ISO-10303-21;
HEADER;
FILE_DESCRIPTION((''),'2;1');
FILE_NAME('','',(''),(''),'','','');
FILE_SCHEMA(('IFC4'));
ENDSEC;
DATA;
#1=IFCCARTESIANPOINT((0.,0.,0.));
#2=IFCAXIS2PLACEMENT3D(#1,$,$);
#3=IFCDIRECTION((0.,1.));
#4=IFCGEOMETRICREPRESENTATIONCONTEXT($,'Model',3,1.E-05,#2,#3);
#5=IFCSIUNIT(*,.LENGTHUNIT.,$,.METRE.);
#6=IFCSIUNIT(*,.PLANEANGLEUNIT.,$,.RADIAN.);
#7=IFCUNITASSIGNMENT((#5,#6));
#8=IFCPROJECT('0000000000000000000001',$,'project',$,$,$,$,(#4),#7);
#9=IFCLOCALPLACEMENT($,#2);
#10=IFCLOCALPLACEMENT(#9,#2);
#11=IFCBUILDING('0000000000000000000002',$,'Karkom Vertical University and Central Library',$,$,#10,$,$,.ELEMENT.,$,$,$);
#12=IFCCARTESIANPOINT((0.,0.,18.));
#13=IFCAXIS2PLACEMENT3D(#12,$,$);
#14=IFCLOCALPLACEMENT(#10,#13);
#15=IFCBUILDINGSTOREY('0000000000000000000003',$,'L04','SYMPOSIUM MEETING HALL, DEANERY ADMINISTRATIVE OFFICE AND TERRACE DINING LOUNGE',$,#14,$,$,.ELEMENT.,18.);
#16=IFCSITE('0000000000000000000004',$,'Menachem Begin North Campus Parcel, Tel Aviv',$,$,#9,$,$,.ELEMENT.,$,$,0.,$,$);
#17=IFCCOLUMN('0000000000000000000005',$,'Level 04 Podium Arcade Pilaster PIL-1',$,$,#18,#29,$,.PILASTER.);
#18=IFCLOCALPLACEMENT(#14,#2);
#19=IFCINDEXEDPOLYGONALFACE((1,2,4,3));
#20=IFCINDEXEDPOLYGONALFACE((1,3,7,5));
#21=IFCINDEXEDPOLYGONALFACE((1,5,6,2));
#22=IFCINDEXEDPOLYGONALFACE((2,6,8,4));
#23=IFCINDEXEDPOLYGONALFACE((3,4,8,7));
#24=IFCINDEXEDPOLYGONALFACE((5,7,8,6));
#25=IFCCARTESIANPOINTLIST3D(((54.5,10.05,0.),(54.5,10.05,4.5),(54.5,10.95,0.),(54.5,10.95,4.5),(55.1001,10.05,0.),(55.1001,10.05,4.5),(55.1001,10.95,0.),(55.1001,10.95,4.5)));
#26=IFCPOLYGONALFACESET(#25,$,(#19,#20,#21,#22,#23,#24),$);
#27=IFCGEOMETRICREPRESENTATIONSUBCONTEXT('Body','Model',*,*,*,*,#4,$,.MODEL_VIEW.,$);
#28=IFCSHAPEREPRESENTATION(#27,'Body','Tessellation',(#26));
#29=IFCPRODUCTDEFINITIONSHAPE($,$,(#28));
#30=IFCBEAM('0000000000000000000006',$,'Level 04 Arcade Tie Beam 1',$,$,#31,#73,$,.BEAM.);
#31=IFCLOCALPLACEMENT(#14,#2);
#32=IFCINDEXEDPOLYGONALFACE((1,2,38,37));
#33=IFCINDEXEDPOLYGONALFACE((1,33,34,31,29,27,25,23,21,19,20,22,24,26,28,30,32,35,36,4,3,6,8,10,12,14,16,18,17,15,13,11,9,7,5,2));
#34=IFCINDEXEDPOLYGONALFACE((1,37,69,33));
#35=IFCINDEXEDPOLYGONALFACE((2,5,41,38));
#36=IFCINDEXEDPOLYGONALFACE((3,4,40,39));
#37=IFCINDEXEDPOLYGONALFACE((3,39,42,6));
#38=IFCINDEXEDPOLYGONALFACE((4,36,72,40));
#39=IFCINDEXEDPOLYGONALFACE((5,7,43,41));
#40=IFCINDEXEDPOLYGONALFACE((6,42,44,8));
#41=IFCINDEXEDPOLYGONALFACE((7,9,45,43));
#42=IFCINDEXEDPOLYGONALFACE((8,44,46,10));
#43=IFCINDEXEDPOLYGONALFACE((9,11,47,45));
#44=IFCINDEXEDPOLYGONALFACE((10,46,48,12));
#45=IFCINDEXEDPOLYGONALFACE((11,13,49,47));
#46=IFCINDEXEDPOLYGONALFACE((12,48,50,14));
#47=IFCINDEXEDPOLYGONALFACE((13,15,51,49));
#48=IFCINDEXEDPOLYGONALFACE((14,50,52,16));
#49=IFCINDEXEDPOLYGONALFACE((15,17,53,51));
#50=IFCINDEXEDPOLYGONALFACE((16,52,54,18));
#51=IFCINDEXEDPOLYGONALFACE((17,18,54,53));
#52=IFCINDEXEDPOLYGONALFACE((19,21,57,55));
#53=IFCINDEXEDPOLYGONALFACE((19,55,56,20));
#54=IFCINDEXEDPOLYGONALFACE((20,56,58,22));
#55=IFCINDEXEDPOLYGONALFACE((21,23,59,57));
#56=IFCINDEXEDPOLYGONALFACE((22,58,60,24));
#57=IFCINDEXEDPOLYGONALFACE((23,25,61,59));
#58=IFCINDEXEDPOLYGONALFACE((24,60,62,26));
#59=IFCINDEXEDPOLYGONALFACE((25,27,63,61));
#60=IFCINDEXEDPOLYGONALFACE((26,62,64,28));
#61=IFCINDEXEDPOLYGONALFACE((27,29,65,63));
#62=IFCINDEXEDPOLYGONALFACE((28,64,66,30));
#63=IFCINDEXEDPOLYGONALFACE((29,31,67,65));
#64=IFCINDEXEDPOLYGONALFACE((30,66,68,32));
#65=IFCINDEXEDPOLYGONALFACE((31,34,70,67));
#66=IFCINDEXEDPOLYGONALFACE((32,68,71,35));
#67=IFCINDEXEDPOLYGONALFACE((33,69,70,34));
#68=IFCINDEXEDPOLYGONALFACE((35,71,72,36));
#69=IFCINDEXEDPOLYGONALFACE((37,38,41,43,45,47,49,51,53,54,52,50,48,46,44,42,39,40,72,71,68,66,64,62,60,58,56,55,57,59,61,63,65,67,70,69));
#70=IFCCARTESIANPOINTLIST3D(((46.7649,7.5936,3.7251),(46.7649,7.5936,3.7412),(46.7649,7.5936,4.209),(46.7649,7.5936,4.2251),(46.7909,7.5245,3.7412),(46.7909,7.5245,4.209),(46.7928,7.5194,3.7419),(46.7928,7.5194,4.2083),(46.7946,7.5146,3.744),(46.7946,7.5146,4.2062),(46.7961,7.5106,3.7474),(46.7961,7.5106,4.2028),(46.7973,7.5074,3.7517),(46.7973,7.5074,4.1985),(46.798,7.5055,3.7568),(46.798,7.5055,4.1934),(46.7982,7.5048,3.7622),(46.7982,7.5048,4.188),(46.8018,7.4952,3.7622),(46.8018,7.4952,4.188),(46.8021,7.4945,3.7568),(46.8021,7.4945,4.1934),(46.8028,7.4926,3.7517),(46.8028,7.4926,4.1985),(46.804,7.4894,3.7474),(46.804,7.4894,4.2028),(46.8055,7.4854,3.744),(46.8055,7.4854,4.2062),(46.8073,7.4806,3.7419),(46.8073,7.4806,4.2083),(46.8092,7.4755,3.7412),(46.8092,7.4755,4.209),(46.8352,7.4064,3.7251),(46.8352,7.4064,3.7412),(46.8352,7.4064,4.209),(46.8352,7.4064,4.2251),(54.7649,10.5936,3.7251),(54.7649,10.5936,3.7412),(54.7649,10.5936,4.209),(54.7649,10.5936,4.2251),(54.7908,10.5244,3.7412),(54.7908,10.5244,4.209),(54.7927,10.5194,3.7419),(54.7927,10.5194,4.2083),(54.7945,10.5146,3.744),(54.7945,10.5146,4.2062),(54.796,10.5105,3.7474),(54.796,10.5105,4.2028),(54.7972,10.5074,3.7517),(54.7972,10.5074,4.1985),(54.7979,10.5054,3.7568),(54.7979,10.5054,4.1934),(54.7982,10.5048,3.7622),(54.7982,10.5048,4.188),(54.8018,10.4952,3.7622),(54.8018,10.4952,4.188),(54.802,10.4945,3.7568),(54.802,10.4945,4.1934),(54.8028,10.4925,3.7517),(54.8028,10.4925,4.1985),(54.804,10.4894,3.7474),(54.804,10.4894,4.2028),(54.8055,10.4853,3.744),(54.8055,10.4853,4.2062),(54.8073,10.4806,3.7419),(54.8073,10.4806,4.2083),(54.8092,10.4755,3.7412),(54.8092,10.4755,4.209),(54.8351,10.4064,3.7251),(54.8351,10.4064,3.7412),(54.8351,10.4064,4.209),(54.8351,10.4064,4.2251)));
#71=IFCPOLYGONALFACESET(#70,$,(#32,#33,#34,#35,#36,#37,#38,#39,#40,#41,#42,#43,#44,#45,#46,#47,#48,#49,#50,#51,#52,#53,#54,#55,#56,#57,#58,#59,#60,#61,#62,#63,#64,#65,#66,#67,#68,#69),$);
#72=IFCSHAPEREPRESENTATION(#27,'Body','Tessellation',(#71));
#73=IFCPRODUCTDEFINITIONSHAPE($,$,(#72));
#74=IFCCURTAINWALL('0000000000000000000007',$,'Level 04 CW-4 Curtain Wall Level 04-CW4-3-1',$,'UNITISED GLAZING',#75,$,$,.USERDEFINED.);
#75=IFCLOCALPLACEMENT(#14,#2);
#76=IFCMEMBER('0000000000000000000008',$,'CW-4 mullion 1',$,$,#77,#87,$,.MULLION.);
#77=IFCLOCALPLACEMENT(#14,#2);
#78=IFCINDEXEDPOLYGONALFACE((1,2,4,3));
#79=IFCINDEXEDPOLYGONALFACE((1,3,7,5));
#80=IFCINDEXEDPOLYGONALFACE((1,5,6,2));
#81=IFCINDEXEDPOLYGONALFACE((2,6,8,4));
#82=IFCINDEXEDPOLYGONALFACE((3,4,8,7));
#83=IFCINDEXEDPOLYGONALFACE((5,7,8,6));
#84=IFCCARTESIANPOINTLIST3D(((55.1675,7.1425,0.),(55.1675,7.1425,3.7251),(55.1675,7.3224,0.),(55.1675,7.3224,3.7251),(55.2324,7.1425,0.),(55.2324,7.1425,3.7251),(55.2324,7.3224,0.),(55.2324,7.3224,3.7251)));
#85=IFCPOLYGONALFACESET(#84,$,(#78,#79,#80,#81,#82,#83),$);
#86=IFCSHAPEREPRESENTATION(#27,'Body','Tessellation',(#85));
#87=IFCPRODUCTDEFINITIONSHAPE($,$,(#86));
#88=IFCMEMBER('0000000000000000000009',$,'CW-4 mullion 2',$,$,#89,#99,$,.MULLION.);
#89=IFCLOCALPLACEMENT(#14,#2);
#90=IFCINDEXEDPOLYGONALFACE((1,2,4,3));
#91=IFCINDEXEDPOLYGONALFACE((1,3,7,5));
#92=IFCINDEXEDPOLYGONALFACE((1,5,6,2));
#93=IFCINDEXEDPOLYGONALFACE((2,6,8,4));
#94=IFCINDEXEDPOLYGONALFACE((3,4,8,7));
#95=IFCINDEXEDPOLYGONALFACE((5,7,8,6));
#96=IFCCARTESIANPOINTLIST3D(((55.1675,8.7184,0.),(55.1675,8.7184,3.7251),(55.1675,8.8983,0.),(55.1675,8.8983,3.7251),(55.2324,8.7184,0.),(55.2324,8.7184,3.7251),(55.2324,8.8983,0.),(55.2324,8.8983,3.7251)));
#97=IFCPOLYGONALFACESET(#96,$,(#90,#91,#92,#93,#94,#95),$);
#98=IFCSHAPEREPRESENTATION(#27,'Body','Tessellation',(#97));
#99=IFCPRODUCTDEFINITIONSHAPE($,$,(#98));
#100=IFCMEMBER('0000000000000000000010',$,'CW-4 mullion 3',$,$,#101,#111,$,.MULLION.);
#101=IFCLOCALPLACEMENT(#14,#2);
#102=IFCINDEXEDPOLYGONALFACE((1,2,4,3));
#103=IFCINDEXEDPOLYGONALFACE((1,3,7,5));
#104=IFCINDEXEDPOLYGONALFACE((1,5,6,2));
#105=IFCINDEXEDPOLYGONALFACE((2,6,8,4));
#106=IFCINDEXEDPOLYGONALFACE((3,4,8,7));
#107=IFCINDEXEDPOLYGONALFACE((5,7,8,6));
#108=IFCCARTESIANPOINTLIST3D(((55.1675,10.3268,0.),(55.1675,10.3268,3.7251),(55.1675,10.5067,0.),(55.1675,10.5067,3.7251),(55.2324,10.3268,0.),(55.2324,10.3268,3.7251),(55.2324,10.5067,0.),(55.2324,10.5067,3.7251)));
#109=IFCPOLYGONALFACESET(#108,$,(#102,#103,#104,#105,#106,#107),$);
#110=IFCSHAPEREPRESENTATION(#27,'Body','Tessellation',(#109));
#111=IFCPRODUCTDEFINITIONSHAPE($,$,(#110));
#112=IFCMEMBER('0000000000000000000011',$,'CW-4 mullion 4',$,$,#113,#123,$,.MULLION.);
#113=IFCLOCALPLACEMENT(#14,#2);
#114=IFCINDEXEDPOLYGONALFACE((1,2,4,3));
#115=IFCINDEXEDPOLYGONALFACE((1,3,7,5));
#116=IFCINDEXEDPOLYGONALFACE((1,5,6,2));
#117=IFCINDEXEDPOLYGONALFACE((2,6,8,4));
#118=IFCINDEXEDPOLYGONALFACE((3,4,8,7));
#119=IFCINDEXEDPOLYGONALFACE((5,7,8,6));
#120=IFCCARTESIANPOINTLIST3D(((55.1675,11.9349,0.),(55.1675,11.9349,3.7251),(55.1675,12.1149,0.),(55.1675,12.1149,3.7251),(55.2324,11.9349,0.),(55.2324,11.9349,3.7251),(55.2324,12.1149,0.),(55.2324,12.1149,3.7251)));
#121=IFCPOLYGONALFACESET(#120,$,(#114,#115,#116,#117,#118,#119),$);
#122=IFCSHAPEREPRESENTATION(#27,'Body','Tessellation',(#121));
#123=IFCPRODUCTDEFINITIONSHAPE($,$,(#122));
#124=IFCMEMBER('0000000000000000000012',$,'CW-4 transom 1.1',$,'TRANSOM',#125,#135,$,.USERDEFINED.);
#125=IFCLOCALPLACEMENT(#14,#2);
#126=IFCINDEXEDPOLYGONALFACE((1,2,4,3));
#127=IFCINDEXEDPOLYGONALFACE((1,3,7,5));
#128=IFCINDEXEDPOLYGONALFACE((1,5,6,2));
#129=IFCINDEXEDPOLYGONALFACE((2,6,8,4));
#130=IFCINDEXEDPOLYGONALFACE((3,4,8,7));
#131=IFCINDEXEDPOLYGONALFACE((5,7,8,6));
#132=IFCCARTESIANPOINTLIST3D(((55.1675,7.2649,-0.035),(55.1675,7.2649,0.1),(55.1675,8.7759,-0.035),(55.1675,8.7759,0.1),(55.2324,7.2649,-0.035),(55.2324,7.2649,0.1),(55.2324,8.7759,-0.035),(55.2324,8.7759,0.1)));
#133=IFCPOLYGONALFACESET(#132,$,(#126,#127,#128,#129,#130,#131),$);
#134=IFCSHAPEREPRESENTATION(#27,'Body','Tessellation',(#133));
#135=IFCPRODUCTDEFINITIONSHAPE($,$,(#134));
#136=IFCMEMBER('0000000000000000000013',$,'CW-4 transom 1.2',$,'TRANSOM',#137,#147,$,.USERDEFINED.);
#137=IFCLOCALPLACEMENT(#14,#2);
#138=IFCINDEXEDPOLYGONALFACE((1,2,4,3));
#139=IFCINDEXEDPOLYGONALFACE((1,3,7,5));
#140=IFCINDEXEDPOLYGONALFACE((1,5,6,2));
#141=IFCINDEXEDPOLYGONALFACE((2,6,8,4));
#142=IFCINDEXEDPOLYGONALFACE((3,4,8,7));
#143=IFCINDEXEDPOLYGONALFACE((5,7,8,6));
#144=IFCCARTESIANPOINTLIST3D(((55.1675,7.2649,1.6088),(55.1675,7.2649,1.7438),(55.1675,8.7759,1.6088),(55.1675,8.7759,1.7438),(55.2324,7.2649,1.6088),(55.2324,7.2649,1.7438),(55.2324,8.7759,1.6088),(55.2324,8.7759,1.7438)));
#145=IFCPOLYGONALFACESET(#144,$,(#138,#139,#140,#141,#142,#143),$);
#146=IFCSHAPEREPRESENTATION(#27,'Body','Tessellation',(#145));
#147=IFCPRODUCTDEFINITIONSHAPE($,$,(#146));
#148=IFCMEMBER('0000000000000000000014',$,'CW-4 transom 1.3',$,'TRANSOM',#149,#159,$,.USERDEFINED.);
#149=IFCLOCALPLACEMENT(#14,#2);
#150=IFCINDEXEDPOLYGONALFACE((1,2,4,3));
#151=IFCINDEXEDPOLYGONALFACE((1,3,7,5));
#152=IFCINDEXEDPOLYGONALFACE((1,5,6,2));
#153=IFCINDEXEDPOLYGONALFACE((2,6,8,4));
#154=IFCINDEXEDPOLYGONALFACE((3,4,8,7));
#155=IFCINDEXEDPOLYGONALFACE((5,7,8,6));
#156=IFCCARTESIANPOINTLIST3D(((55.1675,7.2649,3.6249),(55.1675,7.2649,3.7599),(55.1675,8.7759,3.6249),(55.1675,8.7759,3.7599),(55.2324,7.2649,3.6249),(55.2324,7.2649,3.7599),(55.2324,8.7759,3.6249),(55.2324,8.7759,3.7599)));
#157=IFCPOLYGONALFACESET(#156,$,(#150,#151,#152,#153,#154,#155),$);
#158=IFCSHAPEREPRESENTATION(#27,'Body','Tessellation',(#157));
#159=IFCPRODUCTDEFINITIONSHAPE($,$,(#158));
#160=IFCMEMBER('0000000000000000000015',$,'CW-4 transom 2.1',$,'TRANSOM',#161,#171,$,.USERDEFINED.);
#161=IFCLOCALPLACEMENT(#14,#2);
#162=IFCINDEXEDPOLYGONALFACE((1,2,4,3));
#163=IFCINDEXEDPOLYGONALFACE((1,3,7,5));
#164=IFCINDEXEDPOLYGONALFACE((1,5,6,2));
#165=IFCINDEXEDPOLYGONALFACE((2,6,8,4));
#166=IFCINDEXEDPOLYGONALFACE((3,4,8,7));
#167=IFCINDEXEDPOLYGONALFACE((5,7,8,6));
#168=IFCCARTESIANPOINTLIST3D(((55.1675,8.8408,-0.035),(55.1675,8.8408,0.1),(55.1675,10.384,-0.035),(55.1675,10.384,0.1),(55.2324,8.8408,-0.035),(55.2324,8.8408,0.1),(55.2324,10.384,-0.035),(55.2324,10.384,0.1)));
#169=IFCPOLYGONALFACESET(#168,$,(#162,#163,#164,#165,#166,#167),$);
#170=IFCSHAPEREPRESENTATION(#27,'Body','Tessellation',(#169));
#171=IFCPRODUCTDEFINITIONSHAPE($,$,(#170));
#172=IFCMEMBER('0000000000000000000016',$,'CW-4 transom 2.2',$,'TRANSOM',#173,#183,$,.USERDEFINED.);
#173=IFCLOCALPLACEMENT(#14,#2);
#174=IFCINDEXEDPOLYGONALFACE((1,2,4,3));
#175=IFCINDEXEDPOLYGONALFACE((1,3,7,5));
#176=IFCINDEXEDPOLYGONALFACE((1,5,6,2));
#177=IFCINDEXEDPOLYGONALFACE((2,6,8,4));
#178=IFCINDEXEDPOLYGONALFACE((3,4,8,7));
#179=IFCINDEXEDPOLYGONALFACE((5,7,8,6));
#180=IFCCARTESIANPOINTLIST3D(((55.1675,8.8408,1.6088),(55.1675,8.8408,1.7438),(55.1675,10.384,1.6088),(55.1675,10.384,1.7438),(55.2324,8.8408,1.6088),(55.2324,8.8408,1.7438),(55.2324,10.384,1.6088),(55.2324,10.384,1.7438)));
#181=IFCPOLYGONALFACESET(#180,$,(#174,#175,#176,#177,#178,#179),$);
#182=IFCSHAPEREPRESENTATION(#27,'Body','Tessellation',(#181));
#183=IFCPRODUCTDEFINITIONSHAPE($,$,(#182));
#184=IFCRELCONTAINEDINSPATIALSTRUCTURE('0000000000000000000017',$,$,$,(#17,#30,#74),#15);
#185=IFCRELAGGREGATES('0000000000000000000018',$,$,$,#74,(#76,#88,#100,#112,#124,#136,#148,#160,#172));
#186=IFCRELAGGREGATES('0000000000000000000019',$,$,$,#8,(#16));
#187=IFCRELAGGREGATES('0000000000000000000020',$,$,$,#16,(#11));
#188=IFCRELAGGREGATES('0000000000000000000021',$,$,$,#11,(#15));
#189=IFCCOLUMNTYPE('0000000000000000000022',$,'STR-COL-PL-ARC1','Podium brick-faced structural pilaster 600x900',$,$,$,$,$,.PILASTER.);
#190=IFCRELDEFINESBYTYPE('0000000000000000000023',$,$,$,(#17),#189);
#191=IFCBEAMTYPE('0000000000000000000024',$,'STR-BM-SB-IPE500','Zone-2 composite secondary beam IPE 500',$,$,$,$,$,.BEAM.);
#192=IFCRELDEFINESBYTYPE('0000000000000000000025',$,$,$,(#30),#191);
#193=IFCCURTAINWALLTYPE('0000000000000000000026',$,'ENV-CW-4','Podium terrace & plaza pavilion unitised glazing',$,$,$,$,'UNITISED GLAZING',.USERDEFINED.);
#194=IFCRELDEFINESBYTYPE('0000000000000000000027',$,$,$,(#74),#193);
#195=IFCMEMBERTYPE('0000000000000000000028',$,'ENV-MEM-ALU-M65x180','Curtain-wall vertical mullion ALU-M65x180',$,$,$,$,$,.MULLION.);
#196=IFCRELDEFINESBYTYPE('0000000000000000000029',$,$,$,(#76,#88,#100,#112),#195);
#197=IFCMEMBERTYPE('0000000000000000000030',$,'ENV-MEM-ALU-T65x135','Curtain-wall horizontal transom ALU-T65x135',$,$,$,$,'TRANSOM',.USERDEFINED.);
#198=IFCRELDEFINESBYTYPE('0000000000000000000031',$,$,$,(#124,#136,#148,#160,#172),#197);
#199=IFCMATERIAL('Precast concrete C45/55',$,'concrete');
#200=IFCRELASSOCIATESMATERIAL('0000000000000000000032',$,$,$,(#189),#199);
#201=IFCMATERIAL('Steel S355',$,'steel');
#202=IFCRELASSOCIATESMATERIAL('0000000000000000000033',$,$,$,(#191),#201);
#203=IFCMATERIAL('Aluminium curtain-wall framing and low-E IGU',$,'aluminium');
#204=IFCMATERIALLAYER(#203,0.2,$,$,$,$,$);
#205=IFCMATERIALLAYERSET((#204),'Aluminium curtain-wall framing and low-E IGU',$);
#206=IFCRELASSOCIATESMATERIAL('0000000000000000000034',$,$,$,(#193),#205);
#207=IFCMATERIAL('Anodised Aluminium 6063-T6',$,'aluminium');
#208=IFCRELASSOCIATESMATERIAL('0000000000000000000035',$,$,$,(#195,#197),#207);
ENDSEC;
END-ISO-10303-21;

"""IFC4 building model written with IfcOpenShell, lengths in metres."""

from ifc_helpers import new_model, si_unit, direction, frame, origin, origin_with_axes, origin_2d, place, context, subcontext, project, spatial, rectangle, i_section, extrude, source, transform, mapped, material, layer, layer_set, material_profile, profile_set, type_object, element, aggregate, save


model = new_model("IFC4")

# Units and contexts
model_context = context("Model", 3, precision=1e-05, world=origin(), true_north=direction((0.0, 1.0)))
body_context = subcontext(model_context, "Body", "Model", "MODEL_VIEW")
ifc_project = project(units=[si_unit("LENGTHUNIT", "METRE"), si_unit("PLANEANGLEUNIT", "RADIAN")], contexts=[model_context])

# Site, building, storey
site_placement = place(None, origin())
site = spatial("IfcSite", under=ifc_project, at=site_placement, Name="Menachem Begin North Campus Parcel, Tel Aviv", CompositionType="ELEMENT", RefElevation=0.0)
building_placement = place(site_placement, origin())
building = spatial("IfcBuilding", under=site, at=building_placement, Name="Karkom Vertical University and Central Library", CompositionType="ELEMENT")
storey_placement = place(building_placement, frame((0.0, 0.0, 18.0)))
storey = spatial("IfcBuildingStorey", under=building, at=storey_placement, Name="L04", Description="SYMPOSIUM MEETING HALL, DEANERY ADMINISTRATIVE OFFICE AND TERRACE DINING LOUNGE", CompositionType="ELEMENT", Elevation=18.0)

# Column
ifc_material_1 = material(Name="Precast concrete C45/55", Category="concrete")
ifc_material_profile_1 = material_profile(ifc_material_1, rectangle(XDim=0.6001, YDim=0.8999, at=origin_2d()), Name="PIL-600x900")
ifc_profile_set_1 = profile_set([ifc_material_profile_1], Name="Precast concrete C45/55")
column_type = type_object("IfcColumnType", Name="STR-COL-PL-ARC1", Description="Podium brick-faced structural pilaster 600x900", PredefinedType="PILASTER", material=ifc_profile_set_1)
shared_shape_1 = source(origin_with_axes(), body_context, "Body", "SweptSolid", [
    extrude(rectangle(XDim=0.6001, YDim=0.8999, at=origin_2d()), origin(), (0.0, 0.0, 1.0), 4.5),
])
column_placement = place(storey_placement, frame((54.8, 10.5, 0.0), z_axis=(0.0, 0.0, 1.0), x_axis=(1.0, 0.0, 0.0)))
element("IfcColumn", 1, at=column_placement, inside=storey, type_object=column_type, Name="Level 04 Podium Arcade Pilaster PIL-1", PredefinedType="PILASTER", context=body_context, shape_type="MappedRepresentation", body=[
    mapped(shared_shape_1, transform((0.0, 0.0, 0.0), scale=1.0)),
])

# Beam
ifc_material_2 = material(Name="Steel S355", Category="steel")
ifc_material_profile_2 = material_profile(ifc_material_2, i_section(OverallWidth=0.2, OverallDepth=0.5, WebThickness=0.0103, FlangeThickness=0.0161, FilletRadius=0.021, at=origin_2d()), Name="IPE 500")
ifc_profile_set_2 = profile_set([ifc_material_profile_2], Name="Steel S355")
beam_type = type_object("IfcBeamType", Name="STR-BM-SB-IPE500", Description="Zone-2 composite secondary beam IPE 500", PredefinedType="BEAM", material=ifc_profile_set_2)
shared_shape_2 = source(origin_with_axes(), body_context, "Body", "SweptSolid", [
    extrude(i_section(OverallWidth=0.2, OverallDepth=0.5, WebThickness=0.0103, FlangeThickness=0.0161, FilletRadius=0.021, at=origin_2d()), origin(), (0.0, 0.0, 1.0), 8.5439),
])
beam_placement = place(storey_placement, frame((46.8, 7.5, 3.9751), z_axis=(0.936329, 0.351123, 0.0), x_axis=(-0.351123, 0.936329, 0.0)))
element("IfcBeam", 2, at=beam_placement, inside=storey, type_object=beam_type, Name="Level 04 Arcade Tie Beam 1", PredefinedType="BEAM", context=body_context, shape_type="MappedRepresentation", body=[
    mapped(shared_shape_2, transform((0.0, 0.0, 0.0), scale=1.0)),
])

# Curtain wall, members
ifc_material_3 = material(Name="Aluminium curtain-wall framing and low-E IGU", Category="aluminium")
ifc_layer_1 = layer(ifc_material_3, 0.2)
ifc_layer_set_1 = layer_set([ifc_layer_1], Name="Aluminium curtain-wall framing and low-E IGU")
curtain_wall_type = type_object("IfcCurtainWallType", Name="ENV-CW-4", Description="Podium terrace & plaza pavilion unitised glazing", ElementType="UNITISED GLAZING", PredefinedType="USERDEFINED", material=ifc_layer_set_1)
curtain_wall_placement = place(storey_placement, origin())
curtain_wall = element("IfcCurtainWall", 3, at=curtain_wall_placement, inside=storey, type_object=curtain_wall_type, Name="Level 04 CW-4 Curtain Wall Level 04-CW4-3-1", ObjectType="UNITISED GLAZING", PredefinedType="USERDEFINED")
ifc_material_4 = material(Name="Anodised Aluminium 6063-T6", Category="aluminium")
ifc_material_profile_3 = material_profile(ifc_material_4, rectangle(XDim=0.0649, YDim=0.1799, at=origin_2d()), Name="ALU-M65x180")
ifc_profile_set_3 = profile_set([ifc_material_profile_3], Name="Anodised Aluminium 6063-T6")
member_type_1 = type_object("IfcMemberType", Name="ENV-MEM-ALU-M65x180", Description="Curtain-wall vertical mullion ALU-M65x180", PredefinedType="MULLION", material=ifc_profile_set_3)
shared_shape_3 = source(origin_with_axes(), body_context, "Body", "SweptSolid", [
    extrude(rectangle(XDim=0.0649, YDim=0.1799, at=origin_2d()), origin(), (0.0, 0.0, 1.0), 3.7251),
])
member_1_placement = place(storey_placement, frame((55.2, 7.2324, 0.0), z_axis=(0.0, 0.0, 1.0), x_axis=(-1.0, 0.0, 0.0)))
member_1 = element("IfcMember", 4, at=member_1_placement, type_object=member_type_1, Name="CW-4 mullion 1", PredefinedType="MULLION", context=body_context, shape_type="MappedRepresentation", body=[
    mapped(shared_shape_3, transform((0.0, 0.0, 0.0), scale=1.0)),
])
member_2_placement = place(storey_placement, frame((55.2, 8.8083, 0.0), z_axis=(0.0, 0.0, 1.0), x_axis=(-1.0, 0.0, 0.0)))
member_2 = element("IfcMember", 5, at=member_2_placement, type_object=member_type_1, Name="CW-4 mullion 2", PredefinedType="MULLION", context=body_context, shape_type="MappedRepresentation", body=[
    mapped(shared_shape_3, transform((0.0, 0.0, 0.0), scale=1.0)),
])
member_3_placement = place(storey_placement, frame((55.2, 10.4167, 0.0), z_axis=(0.0, 0.0, 1.0), x_axis=(-1.0, 0.0, 0.0)))
member_3 = element("IfcMember", 6, at=member_3_placement, type_object=member_type_1, Name="CW-4 mullion 3", PredefinedType="MULLION", context=body_context, shape_type="MappedRepresentation", body=[
    mapped(shared_shape_3, transform((0.0, 0.0, 0.0), scale=1.0)),
])
member_4_placement = place(storey_placement, frame((55.2, 12.0249, 0.0), z_axis=(0.0, 0.0, 1.0), x_axis=(-1.0, 0.0, 0.0)))
member_4 = element("IfcMember", 7, at=member_4_placement, type_object=member_type_1, Name="CW-4 mullion 4", PredefinedType="MULLION", context=body_context, shape_type="MappedRepresentation", body=[
    mapped(shared_shape_3, transform((0.0, 0.0, 0.0), scale=1.0)),
])
ifc_material_profile_4 = material_profile(ifc_material_4, rectangle(XDim=0.0649, YDim=0.135, at=origin_2d()), Name="ALU-T65x135")
ifc_profile_set_4 = profile_set([ifc_material_profile_4], Name="Anodised Aluminium 6063-T6")
member_type_2 = type_object("IfcMemberType", Name="ENV-MEM-ALU-T65x135", Description="Curtain-wall horizontal transom ALU-T65x135", ElementType="TRANSOM", PredefinedType="USERDEFINED", material=ifc_profile_set_4)
shared_shape_4 = source(origin_with_axes(), body_context, "Body", "SweptSolid", [
    extrude(rectangle(XDim=0.0649, YDim=0.135, at=origin_2d()), origin(), (0.0, 0.0, 1.0), 1.511),
])
member_5_placement = place(storey_placement, frame((55.2, 7.2649, 0.0325), z_axis=(0.0, 1.0, 0.0), x_axis=(-1.0, 0.0, 0.0)))
member_5 = element("IfcMember", 8, at=member_5_placement, type_object=member_type_2, Name="CW-4 transom 1.1", ObjectType="TRANSOM", PredefinedType="USERDEFINED", context=body_context, shape_type="MappedRepresentation", body=[
    mapped(shared_shape_4, transform((0.0, 0.0, 0.0), scale=1.0)),
])
member_6_placement = place(storey_placement, frame((55.2, 7.2649, 1.6763), z_axis=(0.0, 1.0, 0.0), x_axis=(-1.0, 0.0, 0.0)))
member_6 = element("IfcMember", 9, at=member_6_placement, type_object=member_type_2, Name="CW-4 transom 1.2", ObjectType="TRANSOM", PredefinedType="USERDEFINED", context=body_context, shape_type="MappedRepresentation", body=[
    mapped(shared_shape_4, transform((0.0, 0.0, 0.0), scale=1.0)),
])
member_7_placement = place(storey_placement, frame((55.2, 7.2649, 3.6924), z_axis=(0.0, 1.0, 0.0), x_axis=(-1.0, 0.0, 0.0)))
member_7 = element("IfcMember", 10, at=member_7_placement, type_object=member_type_2, Name="CW-4 transom 1.3", ObjectType="TRANSOM", PredefinedType="USERDEFINED", context=body_context, shape_type="MappedRepresentation", body=[
    mapped(shared_shape_4, transform((0.0, 0.0, 0.0), scale=1.0)),
])
shared_shape_5 = source(origin_with_axes(), body_context, "Body", "SweptSolid", [
    extrude(rectangle(XDim=0.0649, YDim=0.135, at=origin_2d()), origin(), (0.0, 0.0, 1.0), 1.5432),
])
member_8_placement = place(storey_placement, frame((55.2, 8.8408, 0.0325), z_axis=(0.0, 1.0, 0.0), x_axis=(-1.0, 0.0, 0.0)))
member_8 = element("IfcMember", 11, at=member_8_placement, type_object=member_type_2, Name="CW-4 transom 2.1", ObjectType="TRANSOM", PredefinedType="USERDEFINED", context=body_context, shape_type="MappedRepresentation", body=[
    mapped(shared_shape_5, transform((0.0, 0.0, 0.0), scale=1.0)),
])
member_9_placement = place(storey_placement, frame((55.2, 8.8408, 1.6763), z_axis=(0.0, 1.0, 0.0), x_axis=(-1.0, 0.0, 0.0)))
member_9 = element("IfcMember", 12, at=member_9_placement, type_object=member_type_2, Name="CW-4 transom 2.2", ObjectType="TRANSOM", PredefinedType="USERDEFINED", context=body_context, shape_type="MappedRepresentation", body=[
    mapped(shared_shape_5, transform((0.0, 0.0, 0.0), scale=1.0)),
])
aggregate(curtain_wall, [member_1, member_2, member_3, member_4, member_5, member_6, member_7, member_8, member_9])

save(model, "model.ifc")
